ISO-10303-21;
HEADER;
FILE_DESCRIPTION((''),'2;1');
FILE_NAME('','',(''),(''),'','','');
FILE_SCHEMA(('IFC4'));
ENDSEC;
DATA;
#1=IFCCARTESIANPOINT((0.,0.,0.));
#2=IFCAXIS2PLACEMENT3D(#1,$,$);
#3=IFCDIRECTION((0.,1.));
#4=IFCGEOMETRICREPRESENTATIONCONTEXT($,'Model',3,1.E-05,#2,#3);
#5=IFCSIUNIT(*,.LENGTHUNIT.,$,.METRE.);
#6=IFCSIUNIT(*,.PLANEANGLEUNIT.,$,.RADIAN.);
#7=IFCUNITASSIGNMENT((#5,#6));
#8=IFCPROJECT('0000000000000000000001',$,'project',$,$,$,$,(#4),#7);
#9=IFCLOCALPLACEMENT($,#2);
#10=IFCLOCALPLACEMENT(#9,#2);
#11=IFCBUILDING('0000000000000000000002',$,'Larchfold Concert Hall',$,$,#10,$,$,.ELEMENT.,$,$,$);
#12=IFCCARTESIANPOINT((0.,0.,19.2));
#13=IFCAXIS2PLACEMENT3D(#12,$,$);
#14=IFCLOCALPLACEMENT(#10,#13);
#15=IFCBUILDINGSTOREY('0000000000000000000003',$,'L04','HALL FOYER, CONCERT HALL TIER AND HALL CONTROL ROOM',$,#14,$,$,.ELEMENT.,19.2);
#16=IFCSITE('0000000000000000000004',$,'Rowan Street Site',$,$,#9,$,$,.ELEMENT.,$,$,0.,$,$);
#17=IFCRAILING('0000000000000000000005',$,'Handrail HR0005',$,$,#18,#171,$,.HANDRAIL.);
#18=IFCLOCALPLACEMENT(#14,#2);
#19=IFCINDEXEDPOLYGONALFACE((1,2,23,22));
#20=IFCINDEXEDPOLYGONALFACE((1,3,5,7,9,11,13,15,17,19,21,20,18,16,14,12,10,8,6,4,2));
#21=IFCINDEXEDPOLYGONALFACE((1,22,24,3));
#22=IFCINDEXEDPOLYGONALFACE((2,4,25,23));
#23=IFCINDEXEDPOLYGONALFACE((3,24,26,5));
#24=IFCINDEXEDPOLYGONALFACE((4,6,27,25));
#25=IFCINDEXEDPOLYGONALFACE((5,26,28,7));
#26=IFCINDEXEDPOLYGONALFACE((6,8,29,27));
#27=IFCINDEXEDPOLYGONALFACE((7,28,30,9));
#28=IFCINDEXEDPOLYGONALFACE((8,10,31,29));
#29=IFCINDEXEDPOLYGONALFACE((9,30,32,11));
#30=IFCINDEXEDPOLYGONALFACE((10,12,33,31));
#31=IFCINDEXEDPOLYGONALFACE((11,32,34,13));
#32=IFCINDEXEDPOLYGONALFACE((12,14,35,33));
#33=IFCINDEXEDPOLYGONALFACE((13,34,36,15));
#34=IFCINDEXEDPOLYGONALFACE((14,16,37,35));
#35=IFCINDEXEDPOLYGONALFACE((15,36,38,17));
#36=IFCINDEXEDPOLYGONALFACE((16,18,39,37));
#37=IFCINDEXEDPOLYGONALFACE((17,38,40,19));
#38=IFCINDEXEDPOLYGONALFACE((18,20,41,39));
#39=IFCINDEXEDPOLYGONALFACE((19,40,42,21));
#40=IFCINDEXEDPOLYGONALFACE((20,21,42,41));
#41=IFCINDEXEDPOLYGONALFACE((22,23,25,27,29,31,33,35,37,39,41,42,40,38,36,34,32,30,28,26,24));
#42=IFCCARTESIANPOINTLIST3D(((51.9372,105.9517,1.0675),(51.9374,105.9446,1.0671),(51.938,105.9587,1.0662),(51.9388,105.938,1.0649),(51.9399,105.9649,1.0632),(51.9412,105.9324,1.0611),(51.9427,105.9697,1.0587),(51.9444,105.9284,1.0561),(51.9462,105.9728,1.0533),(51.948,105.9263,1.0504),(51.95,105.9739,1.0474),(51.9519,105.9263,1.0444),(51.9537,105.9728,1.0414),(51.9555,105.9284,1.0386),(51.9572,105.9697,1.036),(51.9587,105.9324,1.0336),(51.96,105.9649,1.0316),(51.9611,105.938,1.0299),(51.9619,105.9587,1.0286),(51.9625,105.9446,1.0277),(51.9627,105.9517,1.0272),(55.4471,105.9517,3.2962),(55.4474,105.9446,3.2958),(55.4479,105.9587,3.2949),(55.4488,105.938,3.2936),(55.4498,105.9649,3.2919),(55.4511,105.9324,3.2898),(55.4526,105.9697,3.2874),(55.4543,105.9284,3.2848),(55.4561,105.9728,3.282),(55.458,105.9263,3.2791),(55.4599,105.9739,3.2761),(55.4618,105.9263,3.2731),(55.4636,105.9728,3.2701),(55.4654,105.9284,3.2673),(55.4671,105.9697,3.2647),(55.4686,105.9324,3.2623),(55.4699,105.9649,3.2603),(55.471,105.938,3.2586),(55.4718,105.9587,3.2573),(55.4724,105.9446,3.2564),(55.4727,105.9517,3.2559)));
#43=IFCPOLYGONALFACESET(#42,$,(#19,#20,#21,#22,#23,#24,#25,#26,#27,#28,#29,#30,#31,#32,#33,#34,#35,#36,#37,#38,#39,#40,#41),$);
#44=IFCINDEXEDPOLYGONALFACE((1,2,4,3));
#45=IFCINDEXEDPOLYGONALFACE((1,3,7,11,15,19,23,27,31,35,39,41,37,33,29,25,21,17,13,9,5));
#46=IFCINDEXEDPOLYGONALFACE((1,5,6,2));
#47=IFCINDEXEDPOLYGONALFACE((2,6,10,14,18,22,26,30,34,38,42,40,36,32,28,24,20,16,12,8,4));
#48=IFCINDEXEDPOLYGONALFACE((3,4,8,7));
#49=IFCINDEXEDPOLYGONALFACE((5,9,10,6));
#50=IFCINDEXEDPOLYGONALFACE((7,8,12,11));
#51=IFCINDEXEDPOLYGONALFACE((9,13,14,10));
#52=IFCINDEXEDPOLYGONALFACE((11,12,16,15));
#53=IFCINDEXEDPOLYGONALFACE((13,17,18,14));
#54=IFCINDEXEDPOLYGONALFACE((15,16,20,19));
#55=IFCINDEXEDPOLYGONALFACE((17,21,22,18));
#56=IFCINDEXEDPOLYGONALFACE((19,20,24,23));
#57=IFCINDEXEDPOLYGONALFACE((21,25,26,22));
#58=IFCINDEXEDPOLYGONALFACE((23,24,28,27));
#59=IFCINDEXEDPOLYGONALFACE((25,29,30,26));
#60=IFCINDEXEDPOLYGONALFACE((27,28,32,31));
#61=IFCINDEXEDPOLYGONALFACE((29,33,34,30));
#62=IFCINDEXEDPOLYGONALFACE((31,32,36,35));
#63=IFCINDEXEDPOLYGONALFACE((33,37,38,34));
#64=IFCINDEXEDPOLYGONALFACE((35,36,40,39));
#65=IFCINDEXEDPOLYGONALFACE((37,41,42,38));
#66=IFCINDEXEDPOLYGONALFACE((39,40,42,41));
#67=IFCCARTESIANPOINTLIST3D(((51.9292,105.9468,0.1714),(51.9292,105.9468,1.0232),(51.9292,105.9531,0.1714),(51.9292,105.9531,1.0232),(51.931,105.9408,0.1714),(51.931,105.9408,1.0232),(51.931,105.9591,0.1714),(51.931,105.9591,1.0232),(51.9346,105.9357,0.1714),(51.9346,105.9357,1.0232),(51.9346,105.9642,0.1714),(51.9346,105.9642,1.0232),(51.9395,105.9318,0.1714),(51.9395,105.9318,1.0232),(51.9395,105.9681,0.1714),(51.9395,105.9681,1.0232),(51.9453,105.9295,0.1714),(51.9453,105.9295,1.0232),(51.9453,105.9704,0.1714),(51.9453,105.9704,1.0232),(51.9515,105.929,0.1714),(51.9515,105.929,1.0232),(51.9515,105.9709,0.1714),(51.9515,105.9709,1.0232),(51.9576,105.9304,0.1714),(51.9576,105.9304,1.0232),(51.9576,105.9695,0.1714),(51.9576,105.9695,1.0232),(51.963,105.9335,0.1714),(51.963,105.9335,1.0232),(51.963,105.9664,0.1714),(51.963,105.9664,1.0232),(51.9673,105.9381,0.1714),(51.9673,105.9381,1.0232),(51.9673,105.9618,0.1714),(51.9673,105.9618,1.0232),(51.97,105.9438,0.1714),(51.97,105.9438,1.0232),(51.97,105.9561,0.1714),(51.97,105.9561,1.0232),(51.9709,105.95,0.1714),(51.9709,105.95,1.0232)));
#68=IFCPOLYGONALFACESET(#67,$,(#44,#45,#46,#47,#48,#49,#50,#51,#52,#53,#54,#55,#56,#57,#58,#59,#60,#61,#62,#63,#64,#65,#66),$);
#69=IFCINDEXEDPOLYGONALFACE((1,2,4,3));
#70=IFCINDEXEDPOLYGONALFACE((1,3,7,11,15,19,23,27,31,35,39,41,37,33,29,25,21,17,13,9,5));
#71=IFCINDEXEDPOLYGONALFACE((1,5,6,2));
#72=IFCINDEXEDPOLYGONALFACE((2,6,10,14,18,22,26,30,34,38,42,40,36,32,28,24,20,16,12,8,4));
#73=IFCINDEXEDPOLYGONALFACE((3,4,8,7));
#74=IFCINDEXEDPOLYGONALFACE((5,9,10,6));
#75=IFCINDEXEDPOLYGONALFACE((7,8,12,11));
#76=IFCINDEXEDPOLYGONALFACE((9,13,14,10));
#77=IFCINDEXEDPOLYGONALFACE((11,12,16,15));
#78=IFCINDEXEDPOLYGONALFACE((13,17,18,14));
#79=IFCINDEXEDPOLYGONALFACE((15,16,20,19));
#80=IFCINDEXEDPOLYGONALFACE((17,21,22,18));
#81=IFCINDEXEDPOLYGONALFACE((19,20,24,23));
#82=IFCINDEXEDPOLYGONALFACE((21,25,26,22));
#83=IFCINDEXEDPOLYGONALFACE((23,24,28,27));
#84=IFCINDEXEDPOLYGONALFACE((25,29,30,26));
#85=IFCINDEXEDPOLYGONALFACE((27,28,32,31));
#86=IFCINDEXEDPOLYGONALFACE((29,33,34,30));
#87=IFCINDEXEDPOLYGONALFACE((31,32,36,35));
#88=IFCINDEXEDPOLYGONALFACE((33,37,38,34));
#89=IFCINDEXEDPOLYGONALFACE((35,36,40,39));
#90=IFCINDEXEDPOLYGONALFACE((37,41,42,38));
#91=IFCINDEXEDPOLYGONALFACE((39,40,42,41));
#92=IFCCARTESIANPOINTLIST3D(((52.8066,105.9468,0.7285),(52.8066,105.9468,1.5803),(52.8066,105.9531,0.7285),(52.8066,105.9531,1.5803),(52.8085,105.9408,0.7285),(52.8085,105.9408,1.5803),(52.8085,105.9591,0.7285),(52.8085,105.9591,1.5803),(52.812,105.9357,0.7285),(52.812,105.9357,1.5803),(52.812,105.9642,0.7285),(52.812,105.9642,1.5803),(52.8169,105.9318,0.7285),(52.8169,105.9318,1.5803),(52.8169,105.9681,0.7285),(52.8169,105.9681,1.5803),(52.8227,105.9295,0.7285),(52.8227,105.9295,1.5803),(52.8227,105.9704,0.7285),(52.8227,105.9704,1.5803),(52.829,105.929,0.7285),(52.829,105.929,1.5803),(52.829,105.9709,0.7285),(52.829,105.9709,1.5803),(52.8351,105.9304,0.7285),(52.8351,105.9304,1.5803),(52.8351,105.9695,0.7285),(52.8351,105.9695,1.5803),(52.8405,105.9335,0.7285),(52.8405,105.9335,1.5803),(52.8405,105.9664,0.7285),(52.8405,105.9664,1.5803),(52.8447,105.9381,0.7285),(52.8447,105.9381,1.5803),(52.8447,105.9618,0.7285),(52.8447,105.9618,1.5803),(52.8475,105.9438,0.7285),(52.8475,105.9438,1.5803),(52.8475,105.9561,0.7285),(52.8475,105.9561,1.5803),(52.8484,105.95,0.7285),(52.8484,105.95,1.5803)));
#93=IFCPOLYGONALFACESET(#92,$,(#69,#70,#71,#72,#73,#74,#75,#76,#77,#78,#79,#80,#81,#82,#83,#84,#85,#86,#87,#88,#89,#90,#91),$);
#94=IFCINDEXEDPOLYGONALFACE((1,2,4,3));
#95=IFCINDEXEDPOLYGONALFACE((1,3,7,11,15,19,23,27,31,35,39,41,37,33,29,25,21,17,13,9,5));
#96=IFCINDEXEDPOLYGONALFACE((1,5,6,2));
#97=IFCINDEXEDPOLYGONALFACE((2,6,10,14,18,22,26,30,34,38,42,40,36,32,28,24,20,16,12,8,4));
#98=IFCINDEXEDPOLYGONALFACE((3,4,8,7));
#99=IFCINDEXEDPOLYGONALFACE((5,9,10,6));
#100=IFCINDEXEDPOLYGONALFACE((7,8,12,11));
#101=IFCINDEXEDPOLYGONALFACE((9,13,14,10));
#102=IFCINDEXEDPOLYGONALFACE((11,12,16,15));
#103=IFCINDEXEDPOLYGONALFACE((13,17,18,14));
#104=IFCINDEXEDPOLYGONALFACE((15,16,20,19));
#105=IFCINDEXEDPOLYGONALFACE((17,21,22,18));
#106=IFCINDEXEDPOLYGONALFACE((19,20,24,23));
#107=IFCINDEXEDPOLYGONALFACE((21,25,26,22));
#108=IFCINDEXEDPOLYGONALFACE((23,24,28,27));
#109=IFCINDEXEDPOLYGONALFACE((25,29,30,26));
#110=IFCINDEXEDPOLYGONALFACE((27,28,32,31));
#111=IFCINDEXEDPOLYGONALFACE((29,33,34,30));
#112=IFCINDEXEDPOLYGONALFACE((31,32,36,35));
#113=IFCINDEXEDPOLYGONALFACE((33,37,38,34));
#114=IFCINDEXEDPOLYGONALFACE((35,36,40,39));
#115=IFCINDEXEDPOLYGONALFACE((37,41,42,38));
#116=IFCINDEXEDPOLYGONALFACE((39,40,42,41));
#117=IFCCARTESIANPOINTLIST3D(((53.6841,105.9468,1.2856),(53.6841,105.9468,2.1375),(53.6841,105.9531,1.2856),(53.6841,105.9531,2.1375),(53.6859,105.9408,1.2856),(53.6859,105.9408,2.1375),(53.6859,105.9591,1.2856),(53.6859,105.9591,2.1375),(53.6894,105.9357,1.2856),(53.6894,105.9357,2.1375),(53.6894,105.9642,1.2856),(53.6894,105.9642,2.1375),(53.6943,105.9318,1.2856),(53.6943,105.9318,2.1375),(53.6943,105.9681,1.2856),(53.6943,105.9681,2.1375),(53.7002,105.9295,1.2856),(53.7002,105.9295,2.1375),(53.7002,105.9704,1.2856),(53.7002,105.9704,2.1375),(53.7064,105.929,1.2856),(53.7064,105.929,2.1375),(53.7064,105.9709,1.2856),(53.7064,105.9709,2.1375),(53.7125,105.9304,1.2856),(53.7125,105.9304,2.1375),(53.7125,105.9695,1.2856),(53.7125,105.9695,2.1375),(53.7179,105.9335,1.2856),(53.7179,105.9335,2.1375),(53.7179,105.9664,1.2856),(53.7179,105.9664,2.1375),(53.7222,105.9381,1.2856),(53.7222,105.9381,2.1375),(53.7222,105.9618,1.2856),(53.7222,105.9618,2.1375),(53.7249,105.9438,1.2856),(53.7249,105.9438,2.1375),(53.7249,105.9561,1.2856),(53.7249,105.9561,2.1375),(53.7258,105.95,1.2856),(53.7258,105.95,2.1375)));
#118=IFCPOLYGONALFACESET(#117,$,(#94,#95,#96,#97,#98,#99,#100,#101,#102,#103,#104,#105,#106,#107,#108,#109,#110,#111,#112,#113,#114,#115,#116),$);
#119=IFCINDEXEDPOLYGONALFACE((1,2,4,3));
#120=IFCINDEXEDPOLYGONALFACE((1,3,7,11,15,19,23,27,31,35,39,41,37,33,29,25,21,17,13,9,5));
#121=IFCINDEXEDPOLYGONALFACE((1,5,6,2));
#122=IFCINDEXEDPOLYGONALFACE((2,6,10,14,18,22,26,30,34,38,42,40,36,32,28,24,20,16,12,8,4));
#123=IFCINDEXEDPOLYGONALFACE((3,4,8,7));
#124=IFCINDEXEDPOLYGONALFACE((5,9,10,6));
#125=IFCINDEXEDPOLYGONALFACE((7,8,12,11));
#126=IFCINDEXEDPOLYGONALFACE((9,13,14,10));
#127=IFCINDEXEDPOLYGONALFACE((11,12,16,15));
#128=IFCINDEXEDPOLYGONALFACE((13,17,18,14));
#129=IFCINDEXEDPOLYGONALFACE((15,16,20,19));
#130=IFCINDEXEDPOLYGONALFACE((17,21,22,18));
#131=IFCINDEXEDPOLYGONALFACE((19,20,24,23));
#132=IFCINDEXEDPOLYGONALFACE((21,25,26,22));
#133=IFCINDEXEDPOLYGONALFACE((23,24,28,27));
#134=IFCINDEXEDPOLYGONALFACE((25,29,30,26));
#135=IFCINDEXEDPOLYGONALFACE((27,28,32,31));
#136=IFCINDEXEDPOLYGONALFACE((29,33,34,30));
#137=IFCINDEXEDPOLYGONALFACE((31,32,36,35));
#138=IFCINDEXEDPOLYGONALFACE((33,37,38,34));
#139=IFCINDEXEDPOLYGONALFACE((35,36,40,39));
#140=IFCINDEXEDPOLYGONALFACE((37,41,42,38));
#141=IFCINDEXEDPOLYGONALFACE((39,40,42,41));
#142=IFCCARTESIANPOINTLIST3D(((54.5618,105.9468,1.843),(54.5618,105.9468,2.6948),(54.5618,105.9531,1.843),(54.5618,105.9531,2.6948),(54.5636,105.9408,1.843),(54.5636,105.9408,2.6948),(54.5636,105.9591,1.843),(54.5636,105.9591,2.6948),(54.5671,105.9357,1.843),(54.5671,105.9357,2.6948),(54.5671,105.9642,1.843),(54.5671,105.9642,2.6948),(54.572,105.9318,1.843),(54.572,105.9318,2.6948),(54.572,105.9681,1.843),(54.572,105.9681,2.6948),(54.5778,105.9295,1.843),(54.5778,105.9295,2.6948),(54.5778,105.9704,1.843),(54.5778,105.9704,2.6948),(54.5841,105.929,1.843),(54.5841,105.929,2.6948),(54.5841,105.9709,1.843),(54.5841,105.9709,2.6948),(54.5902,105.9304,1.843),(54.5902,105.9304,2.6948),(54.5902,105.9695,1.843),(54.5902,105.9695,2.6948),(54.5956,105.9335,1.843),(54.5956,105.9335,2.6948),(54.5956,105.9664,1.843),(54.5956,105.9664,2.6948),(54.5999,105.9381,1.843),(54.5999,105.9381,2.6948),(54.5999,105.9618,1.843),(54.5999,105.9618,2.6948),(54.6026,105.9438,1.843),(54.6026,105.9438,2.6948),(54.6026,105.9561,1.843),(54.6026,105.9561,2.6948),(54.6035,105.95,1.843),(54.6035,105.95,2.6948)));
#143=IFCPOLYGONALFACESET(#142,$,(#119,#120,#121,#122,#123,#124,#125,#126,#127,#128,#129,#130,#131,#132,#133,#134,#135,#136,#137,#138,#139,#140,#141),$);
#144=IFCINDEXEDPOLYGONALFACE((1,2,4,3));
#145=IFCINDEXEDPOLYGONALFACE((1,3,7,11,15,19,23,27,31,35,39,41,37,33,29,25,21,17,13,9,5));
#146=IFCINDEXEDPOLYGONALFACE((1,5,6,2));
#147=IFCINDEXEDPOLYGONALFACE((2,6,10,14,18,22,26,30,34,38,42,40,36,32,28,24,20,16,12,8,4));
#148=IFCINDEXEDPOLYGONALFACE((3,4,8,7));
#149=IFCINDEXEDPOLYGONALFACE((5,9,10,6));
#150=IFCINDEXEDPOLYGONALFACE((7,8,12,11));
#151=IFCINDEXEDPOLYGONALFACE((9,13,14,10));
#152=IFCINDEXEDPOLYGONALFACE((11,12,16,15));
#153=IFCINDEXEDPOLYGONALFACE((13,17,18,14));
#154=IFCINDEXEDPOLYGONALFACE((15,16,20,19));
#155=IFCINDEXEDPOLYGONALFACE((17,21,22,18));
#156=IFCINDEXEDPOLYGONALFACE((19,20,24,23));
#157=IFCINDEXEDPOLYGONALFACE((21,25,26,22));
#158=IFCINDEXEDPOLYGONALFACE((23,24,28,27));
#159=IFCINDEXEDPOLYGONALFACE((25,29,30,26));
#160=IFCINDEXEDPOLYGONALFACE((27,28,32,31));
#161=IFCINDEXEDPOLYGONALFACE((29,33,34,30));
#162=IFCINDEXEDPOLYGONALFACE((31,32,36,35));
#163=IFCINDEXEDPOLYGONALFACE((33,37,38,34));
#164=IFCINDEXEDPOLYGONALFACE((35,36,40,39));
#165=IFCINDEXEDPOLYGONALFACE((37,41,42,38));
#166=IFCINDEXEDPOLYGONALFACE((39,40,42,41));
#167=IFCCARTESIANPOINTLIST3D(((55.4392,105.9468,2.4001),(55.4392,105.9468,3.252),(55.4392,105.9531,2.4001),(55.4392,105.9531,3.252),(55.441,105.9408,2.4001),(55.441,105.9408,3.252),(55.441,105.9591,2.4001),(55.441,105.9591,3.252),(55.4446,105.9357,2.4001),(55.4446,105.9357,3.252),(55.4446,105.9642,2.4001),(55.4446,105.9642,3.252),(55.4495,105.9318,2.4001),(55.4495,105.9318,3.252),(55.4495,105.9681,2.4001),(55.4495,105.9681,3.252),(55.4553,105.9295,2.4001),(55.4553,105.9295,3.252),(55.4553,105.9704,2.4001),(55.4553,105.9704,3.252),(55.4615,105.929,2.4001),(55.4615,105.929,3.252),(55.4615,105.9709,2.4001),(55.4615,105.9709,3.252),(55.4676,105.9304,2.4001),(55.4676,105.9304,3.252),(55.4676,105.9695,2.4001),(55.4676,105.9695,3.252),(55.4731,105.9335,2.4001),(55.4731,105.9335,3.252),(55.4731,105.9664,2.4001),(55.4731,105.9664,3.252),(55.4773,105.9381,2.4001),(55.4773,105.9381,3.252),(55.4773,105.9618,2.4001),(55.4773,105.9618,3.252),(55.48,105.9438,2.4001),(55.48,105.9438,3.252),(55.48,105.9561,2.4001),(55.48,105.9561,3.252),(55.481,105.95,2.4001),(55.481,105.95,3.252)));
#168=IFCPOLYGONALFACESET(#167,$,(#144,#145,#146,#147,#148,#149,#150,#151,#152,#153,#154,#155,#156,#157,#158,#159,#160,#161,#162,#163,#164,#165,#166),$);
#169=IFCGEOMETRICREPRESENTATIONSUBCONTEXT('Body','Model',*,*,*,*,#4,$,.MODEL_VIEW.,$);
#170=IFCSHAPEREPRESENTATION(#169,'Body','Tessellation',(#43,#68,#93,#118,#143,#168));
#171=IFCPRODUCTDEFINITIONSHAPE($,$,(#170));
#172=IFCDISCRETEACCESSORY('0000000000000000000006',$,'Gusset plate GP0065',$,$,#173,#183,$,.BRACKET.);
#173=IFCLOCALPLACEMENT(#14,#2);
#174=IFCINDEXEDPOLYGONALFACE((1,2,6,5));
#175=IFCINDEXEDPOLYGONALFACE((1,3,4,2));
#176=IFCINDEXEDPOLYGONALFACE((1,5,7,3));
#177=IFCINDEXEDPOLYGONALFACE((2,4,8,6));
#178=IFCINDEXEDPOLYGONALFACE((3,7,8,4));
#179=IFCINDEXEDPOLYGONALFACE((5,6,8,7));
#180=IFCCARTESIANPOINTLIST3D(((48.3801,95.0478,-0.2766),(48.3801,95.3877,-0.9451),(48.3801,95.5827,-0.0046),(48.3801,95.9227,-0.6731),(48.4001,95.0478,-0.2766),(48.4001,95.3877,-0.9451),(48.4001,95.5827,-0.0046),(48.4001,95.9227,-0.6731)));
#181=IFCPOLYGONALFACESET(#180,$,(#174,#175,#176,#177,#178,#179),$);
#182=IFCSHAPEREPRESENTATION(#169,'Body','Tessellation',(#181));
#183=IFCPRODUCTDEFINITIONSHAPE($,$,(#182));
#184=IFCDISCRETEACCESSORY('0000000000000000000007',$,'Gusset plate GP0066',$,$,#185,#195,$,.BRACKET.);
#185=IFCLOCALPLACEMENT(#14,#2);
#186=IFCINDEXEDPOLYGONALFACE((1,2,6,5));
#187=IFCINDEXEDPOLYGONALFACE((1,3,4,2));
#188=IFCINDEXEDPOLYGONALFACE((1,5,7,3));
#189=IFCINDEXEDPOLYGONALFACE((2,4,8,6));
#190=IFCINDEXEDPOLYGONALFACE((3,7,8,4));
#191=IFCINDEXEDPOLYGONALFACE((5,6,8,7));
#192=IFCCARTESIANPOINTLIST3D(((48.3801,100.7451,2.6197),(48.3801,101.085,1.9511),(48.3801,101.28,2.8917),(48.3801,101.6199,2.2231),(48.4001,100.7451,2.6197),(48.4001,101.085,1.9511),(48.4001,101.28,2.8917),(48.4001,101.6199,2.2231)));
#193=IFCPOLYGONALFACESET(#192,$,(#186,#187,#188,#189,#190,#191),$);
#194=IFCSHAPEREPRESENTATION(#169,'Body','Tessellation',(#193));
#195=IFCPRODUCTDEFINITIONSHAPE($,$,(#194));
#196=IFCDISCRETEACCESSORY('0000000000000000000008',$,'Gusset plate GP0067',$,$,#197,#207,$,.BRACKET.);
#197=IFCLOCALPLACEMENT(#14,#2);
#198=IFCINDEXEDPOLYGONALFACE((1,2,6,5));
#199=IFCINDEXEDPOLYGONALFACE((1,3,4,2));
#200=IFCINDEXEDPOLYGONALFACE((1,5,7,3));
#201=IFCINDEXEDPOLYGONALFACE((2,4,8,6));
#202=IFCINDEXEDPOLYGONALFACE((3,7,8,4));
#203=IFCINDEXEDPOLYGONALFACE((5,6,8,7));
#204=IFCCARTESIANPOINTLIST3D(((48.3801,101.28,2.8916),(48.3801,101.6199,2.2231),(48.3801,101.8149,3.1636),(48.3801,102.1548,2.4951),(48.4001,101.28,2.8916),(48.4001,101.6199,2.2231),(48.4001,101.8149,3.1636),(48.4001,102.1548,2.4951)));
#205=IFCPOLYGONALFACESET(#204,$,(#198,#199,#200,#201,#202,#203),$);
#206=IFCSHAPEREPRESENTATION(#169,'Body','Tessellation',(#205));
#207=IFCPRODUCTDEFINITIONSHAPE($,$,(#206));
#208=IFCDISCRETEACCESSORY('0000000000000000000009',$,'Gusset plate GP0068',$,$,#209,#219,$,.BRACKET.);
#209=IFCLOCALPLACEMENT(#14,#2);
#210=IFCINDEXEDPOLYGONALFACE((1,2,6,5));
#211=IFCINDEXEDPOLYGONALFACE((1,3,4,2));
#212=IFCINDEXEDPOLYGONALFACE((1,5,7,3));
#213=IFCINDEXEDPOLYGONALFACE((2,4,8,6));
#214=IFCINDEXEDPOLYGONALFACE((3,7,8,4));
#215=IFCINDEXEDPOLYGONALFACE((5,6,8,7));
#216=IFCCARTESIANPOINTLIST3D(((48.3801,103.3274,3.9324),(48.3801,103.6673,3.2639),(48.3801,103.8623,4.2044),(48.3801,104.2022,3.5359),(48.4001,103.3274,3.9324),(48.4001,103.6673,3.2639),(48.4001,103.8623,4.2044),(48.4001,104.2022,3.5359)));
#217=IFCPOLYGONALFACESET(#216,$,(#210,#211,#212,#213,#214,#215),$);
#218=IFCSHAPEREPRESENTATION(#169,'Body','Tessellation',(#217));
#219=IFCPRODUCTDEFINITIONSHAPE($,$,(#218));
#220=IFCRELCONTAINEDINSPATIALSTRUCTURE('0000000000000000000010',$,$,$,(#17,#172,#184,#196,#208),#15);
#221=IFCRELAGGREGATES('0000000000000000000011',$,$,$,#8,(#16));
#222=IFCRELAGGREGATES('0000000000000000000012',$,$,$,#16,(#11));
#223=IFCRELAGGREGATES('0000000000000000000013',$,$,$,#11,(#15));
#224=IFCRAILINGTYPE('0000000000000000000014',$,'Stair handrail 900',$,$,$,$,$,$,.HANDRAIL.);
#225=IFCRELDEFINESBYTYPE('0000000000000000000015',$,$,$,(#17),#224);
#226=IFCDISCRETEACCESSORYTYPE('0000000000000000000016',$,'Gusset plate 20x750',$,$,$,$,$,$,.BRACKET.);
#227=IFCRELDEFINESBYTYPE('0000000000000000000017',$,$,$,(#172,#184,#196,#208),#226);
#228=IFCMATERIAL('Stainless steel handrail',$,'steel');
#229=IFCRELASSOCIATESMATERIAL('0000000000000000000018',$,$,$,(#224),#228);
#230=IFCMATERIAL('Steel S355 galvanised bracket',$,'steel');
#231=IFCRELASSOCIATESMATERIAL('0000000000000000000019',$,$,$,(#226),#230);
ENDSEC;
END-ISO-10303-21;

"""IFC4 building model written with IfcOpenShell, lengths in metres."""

from ifc_helpers import new_model, si_unit, direction, frame, origin, origin_2d, place, context, subcontext, project, spatial, rectangle, circle, extrude, material, material_profile, profile_set, type_object, element, save


model = new_model("IFC4")

# Units and contexts
model_context = context("Model", 3, precision=1e-05, world=origin(), true_north=direction((0.0, 1.0)))
body_context = subcontext(model_context, "Body", "Model", "MODEL_VIEW")
ifc_project = project(units=[si_unit("LENGTHUNIT", "METRE"), si_unit("PLANEANGLEUNIT", "RADIAN")], contexts=[model_context])

# Site, building, storey
site_placement = place(None, origin())
site = spatial("IfcSite", under=ifc_project, at=site_placement, Name="Rowan Street Site", CompositionType="ELEMENT", RefElevation=0.0)
building_placement = place(site_placement, origin())
building = spatial("IfcBuilding", under=site, at=building_placement, Name="Larchfold Concert Hall", CompositionType="ELEMENT")
storey_placement = place(building_placement, frame((0.0, 0.0, 19.2)))
storey = spatial("IfcBuildingStorey", under=building, at=storey_placement, Name="L04", Description="HALL FOYER, CONCERT HALL TIER AND HALL CONTROL ROOM", CompositionType="ELEMENT", Elevation=19.2)

# Railing
ifc_material_1 = material(Name="Stainless steel handrail", Category="steel")
railing_type = type_object("IfcRailingType", Name="Stair handrail 900", PredefinedType="HANDRAIL", material=ifc_material_1)
railing_placement = place(storey_placement, frame((51.95, 105.95, 0.1714)))
element("IfcRailing", 1, at=railing_placement, inside=storey, type_object=railing_type, Name="Handrail HR0005", PredefinedType="HANDRAIL", context=body_context, shape_type="SweptSolid", body=[
    extrude(circle(Radius=0.0239, at=origin_2d()), frame((0.0, 0.0, 0.876), z_axis=(0.844193, 0.0, 0.536039), x_axis=(0.0, 1.0, 0.0)), (0.0, 0.0, 1.0), 4.1577),
    extrude(circle(Radius=0.021, at=origin_2d()), origin(), (0.0, 0.0, 1.0), 0.8518),
    extrude(circle(Radius=0.021, at=origin_2d()), frame((0.8774, 0.0, 0.5571)), (0.0, 0.0, 1.0), 0.8518),
    extrude(circle(Radius=0.021, at=origin_2d()), frame((1.7549, 0.0, 1.1143)), (0.0, 0.0, 1.0), 0.8518),
    extrude(circle(Radius=0.021, at=origin_2d()), frame((2.6326, 0.0, 1.6716)), (0.0, 0.0, 1.0), 0.8518),
    extrude(circle(Radius=0.021, at=origin_2d()), frame((3.51, 0.0, 2.2288)), (0.0, 0.0, 1.0), 0.8518),
])

# Discrete accessories
ifc_material_2 = material(Name="Steel S355 galvanised bracket", Category="steel")
ifc_material_profile_1 = material_profile(ifc_material_2, rectangle(XDim=0.02, YDim=0.75, at=origin_2d()))
ifc_profile_set_1 = profile_set([ifc_material_profile_1], Name="Steel S355 galvanised bracket")
discrete_accessory_type = type_object("IfcDiscreteAccessoryType", Name="Gusset plate 20x750", PredefinedType="BRACKET", material=ifc_profile_set_1)
for number, where, z_axis, x_axis, name in (
    (2, (48.3901, 95.2178, -0.6108), (0.0, 0.891396, 0.453225), (-1.0, 0.0, 0.0), "Gusset plate GP0065"),
    (3, (48.3901, 100.915, 2.2854), (0.0, 0.891396, 0.453225), (-1.0, 0.0, 0.0), "Gusset plate GP0066"),
    (4, (48.3901, 101.45, 2.5574), (0.0, 0.891396, 0.453225), (-1.0, 0.0, 0.0), "Gusset plate GP0067"),
    (5, (48.3901, 103.4973, 3.5981), (0.0, 0.891396, 0.453225), (-1.0, 0.0, 0.0), "Gusset plate GP0068"),
):
    element("IfcDiscreteAccessory", number, at=place(storey_placement, frame(where, z_axis=z_axis, x_axis=x_axis)), inside=storey, type_object=discrete_accessory_type, Name=name, PredefinedType="BRACKET", context=body_context, shape_type="SweptSolid", body=[
        extrude(rectangle(XDim=0.02, YDim=0.75, at=origin_2d()), origin(), (0.0, 0.0, 1.0), 0.6001),
    ])

save(model, "model.ifc")
